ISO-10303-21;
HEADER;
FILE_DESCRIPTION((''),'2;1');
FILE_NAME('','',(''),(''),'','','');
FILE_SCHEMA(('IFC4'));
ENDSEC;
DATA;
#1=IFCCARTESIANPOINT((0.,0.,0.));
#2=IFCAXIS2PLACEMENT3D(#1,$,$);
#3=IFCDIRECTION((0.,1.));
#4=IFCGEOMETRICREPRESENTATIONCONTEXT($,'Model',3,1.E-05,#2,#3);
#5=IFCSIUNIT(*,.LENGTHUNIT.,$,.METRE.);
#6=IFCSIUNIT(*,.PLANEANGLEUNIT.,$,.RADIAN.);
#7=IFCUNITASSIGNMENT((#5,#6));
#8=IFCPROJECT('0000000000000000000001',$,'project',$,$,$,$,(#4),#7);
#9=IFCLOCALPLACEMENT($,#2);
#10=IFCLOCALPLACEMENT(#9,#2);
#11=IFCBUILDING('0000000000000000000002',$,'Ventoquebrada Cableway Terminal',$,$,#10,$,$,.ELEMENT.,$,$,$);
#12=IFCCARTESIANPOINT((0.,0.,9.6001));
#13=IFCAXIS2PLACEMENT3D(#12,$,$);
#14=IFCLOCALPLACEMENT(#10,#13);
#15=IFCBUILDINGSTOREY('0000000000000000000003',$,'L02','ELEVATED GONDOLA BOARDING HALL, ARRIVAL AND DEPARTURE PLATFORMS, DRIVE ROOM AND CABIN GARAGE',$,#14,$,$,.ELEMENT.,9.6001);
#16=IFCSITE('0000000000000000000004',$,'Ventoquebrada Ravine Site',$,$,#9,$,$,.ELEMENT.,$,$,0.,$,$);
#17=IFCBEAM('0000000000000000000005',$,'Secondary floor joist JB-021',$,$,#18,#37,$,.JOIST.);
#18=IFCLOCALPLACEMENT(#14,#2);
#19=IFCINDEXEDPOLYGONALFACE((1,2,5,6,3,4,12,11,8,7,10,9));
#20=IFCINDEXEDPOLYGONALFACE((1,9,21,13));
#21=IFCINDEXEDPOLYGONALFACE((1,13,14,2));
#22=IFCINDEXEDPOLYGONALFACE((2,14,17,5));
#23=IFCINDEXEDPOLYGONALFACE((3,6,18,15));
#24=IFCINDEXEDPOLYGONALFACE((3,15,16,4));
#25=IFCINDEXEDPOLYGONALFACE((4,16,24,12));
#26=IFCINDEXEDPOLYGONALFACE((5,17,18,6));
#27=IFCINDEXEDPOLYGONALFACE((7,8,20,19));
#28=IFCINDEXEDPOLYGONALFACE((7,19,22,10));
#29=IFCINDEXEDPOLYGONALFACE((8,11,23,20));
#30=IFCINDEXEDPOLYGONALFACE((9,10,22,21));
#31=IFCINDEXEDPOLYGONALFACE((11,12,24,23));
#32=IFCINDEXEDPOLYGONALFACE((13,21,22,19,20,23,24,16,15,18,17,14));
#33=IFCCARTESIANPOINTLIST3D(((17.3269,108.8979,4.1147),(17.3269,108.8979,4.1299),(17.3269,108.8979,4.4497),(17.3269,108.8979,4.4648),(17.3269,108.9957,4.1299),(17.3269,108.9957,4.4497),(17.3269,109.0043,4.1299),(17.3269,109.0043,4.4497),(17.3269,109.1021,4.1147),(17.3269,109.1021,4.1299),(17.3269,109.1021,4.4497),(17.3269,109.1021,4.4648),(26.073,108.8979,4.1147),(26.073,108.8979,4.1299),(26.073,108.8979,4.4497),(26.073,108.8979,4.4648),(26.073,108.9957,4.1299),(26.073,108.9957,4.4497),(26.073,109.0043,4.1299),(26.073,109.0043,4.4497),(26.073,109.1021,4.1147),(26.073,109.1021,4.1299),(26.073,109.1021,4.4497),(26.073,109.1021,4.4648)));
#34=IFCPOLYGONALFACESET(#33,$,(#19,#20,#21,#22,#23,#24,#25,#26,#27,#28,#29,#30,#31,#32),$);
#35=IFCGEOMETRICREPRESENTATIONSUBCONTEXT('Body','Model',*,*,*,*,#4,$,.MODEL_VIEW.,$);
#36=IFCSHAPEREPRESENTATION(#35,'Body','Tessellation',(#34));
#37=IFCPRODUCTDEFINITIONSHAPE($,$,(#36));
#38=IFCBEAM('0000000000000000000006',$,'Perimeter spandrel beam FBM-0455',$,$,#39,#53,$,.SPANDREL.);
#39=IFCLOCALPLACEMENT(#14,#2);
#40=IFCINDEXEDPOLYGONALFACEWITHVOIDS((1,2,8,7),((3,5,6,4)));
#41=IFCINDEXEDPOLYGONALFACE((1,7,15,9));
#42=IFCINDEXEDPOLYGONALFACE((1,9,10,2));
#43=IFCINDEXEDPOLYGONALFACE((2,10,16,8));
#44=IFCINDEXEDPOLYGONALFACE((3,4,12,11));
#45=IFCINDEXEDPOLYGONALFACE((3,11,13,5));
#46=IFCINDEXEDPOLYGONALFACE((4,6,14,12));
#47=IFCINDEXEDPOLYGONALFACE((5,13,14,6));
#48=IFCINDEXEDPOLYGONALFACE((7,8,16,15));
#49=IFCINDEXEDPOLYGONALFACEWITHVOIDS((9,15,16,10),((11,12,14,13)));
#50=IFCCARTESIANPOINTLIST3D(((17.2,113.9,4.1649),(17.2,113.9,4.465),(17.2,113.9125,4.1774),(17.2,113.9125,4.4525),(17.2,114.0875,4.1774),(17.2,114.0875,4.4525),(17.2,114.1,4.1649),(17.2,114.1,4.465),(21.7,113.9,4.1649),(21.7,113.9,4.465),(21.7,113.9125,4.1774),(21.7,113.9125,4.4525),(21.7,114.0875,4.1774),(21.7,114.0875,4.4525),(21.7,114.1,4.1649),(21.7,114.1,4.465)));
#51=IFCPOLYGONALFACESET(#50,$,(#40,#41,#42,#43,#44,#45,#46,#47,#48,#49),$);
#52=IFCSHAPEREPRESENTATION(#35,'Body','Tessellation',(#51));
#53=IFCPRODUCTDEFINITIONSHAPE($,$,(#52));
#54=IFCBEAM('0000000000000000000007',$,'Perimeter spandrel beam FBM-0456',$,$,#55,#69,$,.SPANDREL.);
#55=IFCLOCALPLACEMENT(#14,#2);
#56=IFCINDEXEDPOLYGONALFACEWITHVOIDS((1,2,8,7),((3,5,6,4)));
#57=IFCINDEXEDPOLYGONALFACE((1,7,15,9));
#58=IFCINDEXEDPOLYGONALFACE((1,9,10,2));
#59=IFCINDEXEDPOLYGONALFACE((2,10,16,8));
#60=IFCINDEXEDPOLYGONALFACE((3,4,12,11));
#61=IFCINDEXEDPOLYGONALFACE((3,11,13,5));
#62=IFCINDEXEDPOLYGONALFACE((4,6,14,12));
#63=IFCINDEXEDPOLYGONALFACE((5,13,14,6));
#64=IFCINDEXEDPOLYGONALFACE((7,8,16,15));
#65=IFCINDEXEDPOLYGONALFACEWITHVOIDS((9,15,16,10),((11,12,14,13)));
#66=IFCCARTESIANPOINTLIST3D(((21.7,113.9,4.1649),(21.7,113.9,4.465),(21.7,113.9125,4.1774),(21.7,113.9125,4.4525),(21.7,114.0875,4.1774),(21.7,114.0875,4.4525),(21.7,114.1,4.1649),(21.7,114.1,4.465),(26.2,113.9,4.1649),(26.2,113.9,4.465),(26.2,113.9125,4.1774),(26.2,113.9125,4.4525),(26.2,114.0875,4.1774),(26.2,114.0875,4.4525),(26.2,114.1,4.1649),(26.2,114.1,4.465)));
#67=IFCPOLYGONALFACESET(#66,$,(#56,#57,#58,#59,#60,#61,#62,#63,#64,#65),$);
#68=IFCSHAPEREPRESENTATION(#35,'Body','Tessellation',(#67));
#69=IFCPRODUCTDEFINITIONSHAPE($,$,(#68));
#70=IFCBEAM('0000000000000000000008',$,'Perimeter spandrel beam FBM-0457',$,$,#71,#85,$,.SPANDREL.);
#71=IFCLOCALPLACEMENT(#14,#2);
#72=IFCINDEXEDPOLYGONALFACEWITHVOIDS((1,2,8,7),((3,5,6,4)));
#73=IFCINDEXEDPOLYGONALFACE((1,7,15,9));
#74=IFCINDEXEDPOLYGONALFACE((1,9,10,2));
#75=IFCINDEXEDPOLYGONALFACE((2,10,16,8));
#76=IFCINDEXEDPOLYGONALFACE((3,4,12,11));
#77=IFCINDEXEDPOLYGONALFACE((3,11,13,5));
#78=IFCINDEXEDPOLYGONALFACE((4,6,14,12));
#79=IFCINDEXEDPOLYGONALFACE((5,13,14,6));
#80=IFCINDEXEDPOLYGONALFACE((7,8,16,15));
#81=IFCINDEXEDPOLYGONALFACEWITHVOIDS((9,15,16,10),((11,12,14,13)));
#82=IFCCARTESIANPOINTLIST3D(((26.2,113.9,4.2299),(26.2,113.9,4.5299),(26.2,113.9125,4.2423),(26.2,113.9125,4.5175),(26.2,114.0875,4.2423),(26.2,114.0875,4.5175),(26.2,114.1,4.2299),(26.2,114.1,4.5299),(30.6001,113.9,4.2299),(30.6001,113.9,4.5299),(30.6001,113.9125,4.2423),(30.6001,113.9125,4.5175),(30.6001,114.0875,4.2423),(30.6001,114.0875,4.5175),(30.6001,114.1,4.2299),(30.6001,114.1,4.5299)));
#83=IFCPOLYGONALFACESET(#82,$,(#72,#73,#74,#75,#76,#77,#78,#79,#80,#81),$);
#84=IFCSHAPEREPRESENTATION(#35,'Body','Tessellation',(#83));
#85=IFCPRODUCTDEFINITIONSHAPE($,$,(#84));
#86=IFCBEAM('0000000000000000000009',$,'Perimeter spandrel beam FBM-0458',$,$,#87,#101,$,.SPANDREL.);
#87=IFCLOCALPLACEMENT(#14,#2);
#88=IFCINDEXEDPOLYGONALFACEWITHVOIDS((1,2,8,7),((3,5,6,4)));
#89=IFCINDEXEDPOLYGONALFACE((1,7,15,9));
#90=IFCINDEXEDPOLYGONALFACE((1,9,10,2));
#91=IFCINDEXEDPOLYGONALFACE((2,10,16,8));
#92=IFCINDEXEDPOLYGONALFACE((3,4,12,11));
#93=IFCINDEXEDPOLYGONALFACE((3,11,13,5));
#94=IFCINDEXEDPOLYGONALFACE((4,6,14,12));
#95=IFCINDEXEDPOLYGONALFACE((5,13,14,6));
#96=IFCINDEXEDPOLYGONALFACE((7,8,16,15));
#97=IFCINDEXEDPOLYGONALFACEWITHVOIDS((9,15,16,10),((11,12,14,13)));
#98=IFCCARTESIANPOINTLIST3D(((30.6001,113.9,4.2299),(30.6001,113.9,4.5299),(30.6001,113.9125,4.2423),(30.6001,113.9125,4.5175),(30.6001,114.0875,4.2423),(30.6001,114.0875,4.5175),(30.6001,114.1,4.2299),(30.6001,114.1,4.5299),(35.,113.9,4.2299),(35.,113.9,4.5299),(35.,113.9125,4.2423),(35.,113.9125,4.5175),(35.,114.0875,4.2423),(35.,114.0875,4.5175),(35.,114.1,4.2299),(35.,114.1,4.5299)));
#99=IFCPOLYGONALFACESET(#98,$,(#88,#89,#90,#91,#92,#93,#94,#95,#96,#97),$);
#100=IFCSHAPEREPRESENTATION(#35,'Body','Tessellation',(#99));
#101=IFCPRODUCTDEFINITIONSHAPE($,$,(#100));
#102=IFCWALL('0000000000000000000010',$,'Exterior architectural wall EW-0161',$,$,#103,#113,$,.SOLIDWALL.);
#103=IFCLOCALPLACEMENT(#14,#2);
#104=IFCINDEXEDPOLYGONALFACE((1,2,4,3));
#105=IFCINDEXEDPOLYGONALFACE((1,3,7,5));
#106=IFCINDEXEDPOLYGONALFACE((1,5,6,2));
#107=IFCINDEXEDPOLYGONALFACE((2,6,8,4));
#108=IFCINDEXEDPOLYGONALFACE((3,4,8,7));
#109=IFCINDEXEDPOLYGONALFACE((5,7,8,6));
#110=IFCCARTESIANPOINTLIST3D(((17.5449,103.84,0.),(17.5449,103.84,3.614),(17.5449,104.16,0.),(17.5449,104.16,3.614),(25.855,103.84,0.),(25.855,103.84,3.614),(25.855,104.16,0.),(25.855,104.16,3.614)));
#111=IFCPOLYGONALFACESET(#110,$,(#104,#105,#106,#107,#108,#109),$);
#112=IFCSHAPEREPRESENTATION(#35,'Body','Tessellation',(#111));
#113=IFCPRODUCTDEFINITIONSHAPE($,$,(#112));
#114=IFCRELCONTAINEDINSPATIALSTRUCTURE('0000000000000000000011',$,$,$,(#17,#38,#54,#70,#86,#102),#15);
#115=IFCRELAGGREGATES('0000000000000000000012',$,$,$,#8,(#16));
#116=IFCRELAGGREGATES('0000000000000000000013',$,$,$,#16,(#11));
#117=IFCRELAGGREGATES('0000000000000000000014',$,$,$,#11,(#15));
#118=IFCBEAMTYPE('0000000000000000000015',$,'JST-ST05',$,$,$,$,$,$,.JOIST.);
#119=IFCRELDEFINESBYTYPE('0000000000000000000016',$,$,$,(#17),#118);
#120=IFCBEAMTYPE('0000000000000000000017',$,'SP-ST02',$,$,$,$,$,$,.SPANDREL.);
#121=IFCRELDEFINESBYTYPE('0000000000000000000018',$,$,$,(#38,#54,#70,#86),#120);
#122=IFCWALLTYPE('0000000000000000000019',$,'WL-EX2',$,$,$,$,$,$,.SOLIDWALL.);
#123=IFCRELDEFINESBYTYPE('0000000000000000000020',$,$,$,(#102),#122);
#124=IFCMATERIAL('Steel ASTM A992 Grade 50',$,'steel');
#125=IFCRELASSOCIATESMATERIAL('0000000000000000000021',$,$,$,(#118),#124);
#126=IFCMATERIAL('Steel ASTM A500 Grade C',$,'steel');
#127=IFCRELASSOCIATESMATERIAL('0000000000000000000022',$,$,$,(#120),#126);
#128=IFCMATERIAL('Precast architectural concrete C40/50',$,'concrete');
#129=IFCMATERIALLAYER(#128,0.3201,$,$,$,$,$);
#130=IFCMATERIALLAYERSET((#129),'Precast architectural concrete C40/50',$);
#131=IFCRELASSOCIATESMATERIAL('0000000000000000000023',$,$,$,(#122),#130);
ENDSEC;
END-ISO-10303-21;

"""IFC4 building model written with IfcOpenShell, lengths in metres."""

from ifc_helpers import new_model, si_unit, direction, frame, frame_2d, origin, origin_2d, place, context, subcontext, project, spatial, rectangle, hollow_rectangle, i_section, extrude, material, layer, layer_set, material_profile, profile_set, type_object, element, save


model = new_model("IFC4")

# Units and contexts
model_context = context("Model", 3, precision=1e-05, world=origin(), true_north=direction((0.0, 1.0)))
body_context = subcontext(model_context, "Body", "Model", "MODEL_VIEW")
ifc_project = project(units=[si_unit("LENGTHUNIT", "METRE"), si_unit("PLANEANGLEUNIT", "RADIAN")], contexts=[model_context])

# Site, building, storey
site_placement = place(None, origin())
site = spatial("IfcSite", under=ifc_project, at=site_placement, Name="Ventoquebrada Ravine Site", CompositionType="ELEMENT", RefElevation=0.0)
building_placement = place(site_placement, origin())
building = spatial("IfcBuilding", under=site, at=building_placement, Name="Ventoquebrada Cableway Terminal", CompositionType="ELEMENT")
storey_placement = place(building_placement, frame((0.0, 0.0, 9.6001)))
storey = spatial("IfcBuildingStorey", under=building, at=storey_placement, Name="L02", Description="ELEVATED GONDOLA BOARDING HALL, ARRIVAL AND DEPARTURE PLATFORMS, DRIVE ROOM AND CABIN GARAGE", CompositionType="ELEMENT", Elevation=9.6001)

# Beams
ifc_material_1 = material(Name="Steel ASTM A992 Grade 50", Category="steel")
ifc_material_profile_1 = material_profile(ifc_material_1, i_section(OverallWidth=0.2041, OverallDepth=0.3501, WebThickness=0.0085, FlangeThickness=0.0151, at=origin_2d()), Name="W14X48")
ifc_profile_set_1 = profile_set([ifc_material_profile_1], Name="Steel ASTM A992 Grade 50")
beam_type_1 = type_object("IfcBeamType", Name="JST-ST05", PredefinedType="JOIST", material=ifc_profile_set_1)
for number, where, z_axis, x_axis, name in (
    (1, (17.3269, 109.0, 4.2898), (1.0, 0.0, 0.0), (0.0, 1.0, 0.0), "Secondary floor joist JB-021"),
):
    element("IfcBeam", number, at=place(storey_placement, frame(where, z_axis=z_axis, x_axis=x_axis)), inside=storey, type_object=beam_type_1, Name=name, PredefinedType="JOIST", context=body_context, shape_type="SweptSolid", body=[
        extrude(i_section(OverallWidth=0.2041, OverallDepth=0.3501, WebThickness=0.0085, FlangeThickness=0.0151, at=origin_2d()), origin(), (0.0, 0.0, 1.0), 8.7461),
    ])
ifc_material_2 = material(Name="Steel ASTM A500 Grade C", Category="steel")
ifc_material_profile_2 = material_profile(ifc_material_2, hollow_rectangle(XDim=0.2, YDim=0.3, WallThickness=0.0125, at=origin_2d()), Name="RHS300X200X12.5")
ifc_profile_set_2 = profile_set([ifc_material_profile_2], Name="Steel ASTM A500 Grade C")
beam_type_2 = type_object("IfcBeamType", Name="SP-ST02", PredefinedType="SPANDREL", material=ifc_profile_set_2)
for number, where, z_axis, x_axis, name in (
    (2, (17.2, 114.0, 4.3149), (1.0, 0.0, 0.0), (0.0, 1.0, 0.0), "Perimeter spandrel beam FBM-0455"),
    (3, (21.7, 114.0, 4.3149), (1.0, 0.0, 0.0), (0.0, 1.0, 0.0), "Perimeter spandrel beam FBM-0456"),
):
    element("IfcBeam", number, at=place(storey_placement, frame(where, z_axis=z_axis, x_axis=x_axis)), inside=storey, type_object=beam_type_2, Name=name, PredefinedType="SPANDREL", context=body_context, shape_type="SweptSolid", body=[
        extrude(hollow_rectangle(XDim=0.2, YDim=0.3, WallThickness=0.0125, at=origin_2d()), origin(), (0.0, 0.0, 1.0), 4.5),
    ])
beam_1_placement = place(storey_placement, frame((26.2, 114.0, 4.3799), z_axis=(1.0, 0.0, 0.0), x_axis=(0.0, 1.0, 0.0)))
element("IfcBeam", 4, at=beam_1_placement, inside=storey, type_object=beam_type_2, Name="Perimeter spandrel beam FBM-0457", PredefinedType="SPANDREL", context=body_context, shape_type="SweptSolid", body=[
    extrude(hollow_rectangle(XDim=0.2, YDim=0.3, WallThickness=0.0125, at=origin_2d()), origin(), (0.0, 0.0, 1.0), 4.4001),
])
beam_2_placement = place(storey_placement, frame((30.6001, 114.0, 4.3799), z_axis=(1.0, 0.0, 0.0), x_axis=(0.0, 1.0, 0.0)))
element("IfcBeam", 5, at=beam_2_placement, inside=storey, type_object=beam_type_2, Name="Perimeter spandrel beam FBM-0458", PredefinedType="SPANDREL", context=body_context, shape_type="SweptSolid", body=[
    extrude(hollow_rectangle(XDim=0.2, YDim=0.3, WallThickness=0.0125, at=origin_2d()), origin(), (0.0, 0.0, 1.0), 4.3999),
])

# Wall
ifc_material_3 = material(Name="Precast architectural concrete C40/50", Category="concrete")
ifc_layer = layer(ifc_material_3, 0.3201)
ifc_layer_set = layer_set([ifc_layer], Name="Precast architectural concrete C40/50")
wall_type = type_object("IfcWallType", Name="WL-EX2", PredefinedType="SOLIDWALL", material=ifc_layer_set)
wall_placement = place(storey_placement, frame((25.855, 104.0, 0.0), z_axis=(0.0, 0.0, 1.0), x_axis=(-1.0, 0.0, 0.0)))
element("IfcWall", 6, at=wall_placement, inside=storey, type_object=wall_type, Name="Exterior architectural wall EW-0161", PredefinedType="SOLIDWALL", context=body_context, shape_type="SweptSolid", body=[
    extrude(rectangle(XDim=8.3101, YDim=0.3201, at=frame_2d((4.155, 0.0))), origin(), (0.0, 0.0, 1.0), 3.614),
])

save(model, "model.ifc")
